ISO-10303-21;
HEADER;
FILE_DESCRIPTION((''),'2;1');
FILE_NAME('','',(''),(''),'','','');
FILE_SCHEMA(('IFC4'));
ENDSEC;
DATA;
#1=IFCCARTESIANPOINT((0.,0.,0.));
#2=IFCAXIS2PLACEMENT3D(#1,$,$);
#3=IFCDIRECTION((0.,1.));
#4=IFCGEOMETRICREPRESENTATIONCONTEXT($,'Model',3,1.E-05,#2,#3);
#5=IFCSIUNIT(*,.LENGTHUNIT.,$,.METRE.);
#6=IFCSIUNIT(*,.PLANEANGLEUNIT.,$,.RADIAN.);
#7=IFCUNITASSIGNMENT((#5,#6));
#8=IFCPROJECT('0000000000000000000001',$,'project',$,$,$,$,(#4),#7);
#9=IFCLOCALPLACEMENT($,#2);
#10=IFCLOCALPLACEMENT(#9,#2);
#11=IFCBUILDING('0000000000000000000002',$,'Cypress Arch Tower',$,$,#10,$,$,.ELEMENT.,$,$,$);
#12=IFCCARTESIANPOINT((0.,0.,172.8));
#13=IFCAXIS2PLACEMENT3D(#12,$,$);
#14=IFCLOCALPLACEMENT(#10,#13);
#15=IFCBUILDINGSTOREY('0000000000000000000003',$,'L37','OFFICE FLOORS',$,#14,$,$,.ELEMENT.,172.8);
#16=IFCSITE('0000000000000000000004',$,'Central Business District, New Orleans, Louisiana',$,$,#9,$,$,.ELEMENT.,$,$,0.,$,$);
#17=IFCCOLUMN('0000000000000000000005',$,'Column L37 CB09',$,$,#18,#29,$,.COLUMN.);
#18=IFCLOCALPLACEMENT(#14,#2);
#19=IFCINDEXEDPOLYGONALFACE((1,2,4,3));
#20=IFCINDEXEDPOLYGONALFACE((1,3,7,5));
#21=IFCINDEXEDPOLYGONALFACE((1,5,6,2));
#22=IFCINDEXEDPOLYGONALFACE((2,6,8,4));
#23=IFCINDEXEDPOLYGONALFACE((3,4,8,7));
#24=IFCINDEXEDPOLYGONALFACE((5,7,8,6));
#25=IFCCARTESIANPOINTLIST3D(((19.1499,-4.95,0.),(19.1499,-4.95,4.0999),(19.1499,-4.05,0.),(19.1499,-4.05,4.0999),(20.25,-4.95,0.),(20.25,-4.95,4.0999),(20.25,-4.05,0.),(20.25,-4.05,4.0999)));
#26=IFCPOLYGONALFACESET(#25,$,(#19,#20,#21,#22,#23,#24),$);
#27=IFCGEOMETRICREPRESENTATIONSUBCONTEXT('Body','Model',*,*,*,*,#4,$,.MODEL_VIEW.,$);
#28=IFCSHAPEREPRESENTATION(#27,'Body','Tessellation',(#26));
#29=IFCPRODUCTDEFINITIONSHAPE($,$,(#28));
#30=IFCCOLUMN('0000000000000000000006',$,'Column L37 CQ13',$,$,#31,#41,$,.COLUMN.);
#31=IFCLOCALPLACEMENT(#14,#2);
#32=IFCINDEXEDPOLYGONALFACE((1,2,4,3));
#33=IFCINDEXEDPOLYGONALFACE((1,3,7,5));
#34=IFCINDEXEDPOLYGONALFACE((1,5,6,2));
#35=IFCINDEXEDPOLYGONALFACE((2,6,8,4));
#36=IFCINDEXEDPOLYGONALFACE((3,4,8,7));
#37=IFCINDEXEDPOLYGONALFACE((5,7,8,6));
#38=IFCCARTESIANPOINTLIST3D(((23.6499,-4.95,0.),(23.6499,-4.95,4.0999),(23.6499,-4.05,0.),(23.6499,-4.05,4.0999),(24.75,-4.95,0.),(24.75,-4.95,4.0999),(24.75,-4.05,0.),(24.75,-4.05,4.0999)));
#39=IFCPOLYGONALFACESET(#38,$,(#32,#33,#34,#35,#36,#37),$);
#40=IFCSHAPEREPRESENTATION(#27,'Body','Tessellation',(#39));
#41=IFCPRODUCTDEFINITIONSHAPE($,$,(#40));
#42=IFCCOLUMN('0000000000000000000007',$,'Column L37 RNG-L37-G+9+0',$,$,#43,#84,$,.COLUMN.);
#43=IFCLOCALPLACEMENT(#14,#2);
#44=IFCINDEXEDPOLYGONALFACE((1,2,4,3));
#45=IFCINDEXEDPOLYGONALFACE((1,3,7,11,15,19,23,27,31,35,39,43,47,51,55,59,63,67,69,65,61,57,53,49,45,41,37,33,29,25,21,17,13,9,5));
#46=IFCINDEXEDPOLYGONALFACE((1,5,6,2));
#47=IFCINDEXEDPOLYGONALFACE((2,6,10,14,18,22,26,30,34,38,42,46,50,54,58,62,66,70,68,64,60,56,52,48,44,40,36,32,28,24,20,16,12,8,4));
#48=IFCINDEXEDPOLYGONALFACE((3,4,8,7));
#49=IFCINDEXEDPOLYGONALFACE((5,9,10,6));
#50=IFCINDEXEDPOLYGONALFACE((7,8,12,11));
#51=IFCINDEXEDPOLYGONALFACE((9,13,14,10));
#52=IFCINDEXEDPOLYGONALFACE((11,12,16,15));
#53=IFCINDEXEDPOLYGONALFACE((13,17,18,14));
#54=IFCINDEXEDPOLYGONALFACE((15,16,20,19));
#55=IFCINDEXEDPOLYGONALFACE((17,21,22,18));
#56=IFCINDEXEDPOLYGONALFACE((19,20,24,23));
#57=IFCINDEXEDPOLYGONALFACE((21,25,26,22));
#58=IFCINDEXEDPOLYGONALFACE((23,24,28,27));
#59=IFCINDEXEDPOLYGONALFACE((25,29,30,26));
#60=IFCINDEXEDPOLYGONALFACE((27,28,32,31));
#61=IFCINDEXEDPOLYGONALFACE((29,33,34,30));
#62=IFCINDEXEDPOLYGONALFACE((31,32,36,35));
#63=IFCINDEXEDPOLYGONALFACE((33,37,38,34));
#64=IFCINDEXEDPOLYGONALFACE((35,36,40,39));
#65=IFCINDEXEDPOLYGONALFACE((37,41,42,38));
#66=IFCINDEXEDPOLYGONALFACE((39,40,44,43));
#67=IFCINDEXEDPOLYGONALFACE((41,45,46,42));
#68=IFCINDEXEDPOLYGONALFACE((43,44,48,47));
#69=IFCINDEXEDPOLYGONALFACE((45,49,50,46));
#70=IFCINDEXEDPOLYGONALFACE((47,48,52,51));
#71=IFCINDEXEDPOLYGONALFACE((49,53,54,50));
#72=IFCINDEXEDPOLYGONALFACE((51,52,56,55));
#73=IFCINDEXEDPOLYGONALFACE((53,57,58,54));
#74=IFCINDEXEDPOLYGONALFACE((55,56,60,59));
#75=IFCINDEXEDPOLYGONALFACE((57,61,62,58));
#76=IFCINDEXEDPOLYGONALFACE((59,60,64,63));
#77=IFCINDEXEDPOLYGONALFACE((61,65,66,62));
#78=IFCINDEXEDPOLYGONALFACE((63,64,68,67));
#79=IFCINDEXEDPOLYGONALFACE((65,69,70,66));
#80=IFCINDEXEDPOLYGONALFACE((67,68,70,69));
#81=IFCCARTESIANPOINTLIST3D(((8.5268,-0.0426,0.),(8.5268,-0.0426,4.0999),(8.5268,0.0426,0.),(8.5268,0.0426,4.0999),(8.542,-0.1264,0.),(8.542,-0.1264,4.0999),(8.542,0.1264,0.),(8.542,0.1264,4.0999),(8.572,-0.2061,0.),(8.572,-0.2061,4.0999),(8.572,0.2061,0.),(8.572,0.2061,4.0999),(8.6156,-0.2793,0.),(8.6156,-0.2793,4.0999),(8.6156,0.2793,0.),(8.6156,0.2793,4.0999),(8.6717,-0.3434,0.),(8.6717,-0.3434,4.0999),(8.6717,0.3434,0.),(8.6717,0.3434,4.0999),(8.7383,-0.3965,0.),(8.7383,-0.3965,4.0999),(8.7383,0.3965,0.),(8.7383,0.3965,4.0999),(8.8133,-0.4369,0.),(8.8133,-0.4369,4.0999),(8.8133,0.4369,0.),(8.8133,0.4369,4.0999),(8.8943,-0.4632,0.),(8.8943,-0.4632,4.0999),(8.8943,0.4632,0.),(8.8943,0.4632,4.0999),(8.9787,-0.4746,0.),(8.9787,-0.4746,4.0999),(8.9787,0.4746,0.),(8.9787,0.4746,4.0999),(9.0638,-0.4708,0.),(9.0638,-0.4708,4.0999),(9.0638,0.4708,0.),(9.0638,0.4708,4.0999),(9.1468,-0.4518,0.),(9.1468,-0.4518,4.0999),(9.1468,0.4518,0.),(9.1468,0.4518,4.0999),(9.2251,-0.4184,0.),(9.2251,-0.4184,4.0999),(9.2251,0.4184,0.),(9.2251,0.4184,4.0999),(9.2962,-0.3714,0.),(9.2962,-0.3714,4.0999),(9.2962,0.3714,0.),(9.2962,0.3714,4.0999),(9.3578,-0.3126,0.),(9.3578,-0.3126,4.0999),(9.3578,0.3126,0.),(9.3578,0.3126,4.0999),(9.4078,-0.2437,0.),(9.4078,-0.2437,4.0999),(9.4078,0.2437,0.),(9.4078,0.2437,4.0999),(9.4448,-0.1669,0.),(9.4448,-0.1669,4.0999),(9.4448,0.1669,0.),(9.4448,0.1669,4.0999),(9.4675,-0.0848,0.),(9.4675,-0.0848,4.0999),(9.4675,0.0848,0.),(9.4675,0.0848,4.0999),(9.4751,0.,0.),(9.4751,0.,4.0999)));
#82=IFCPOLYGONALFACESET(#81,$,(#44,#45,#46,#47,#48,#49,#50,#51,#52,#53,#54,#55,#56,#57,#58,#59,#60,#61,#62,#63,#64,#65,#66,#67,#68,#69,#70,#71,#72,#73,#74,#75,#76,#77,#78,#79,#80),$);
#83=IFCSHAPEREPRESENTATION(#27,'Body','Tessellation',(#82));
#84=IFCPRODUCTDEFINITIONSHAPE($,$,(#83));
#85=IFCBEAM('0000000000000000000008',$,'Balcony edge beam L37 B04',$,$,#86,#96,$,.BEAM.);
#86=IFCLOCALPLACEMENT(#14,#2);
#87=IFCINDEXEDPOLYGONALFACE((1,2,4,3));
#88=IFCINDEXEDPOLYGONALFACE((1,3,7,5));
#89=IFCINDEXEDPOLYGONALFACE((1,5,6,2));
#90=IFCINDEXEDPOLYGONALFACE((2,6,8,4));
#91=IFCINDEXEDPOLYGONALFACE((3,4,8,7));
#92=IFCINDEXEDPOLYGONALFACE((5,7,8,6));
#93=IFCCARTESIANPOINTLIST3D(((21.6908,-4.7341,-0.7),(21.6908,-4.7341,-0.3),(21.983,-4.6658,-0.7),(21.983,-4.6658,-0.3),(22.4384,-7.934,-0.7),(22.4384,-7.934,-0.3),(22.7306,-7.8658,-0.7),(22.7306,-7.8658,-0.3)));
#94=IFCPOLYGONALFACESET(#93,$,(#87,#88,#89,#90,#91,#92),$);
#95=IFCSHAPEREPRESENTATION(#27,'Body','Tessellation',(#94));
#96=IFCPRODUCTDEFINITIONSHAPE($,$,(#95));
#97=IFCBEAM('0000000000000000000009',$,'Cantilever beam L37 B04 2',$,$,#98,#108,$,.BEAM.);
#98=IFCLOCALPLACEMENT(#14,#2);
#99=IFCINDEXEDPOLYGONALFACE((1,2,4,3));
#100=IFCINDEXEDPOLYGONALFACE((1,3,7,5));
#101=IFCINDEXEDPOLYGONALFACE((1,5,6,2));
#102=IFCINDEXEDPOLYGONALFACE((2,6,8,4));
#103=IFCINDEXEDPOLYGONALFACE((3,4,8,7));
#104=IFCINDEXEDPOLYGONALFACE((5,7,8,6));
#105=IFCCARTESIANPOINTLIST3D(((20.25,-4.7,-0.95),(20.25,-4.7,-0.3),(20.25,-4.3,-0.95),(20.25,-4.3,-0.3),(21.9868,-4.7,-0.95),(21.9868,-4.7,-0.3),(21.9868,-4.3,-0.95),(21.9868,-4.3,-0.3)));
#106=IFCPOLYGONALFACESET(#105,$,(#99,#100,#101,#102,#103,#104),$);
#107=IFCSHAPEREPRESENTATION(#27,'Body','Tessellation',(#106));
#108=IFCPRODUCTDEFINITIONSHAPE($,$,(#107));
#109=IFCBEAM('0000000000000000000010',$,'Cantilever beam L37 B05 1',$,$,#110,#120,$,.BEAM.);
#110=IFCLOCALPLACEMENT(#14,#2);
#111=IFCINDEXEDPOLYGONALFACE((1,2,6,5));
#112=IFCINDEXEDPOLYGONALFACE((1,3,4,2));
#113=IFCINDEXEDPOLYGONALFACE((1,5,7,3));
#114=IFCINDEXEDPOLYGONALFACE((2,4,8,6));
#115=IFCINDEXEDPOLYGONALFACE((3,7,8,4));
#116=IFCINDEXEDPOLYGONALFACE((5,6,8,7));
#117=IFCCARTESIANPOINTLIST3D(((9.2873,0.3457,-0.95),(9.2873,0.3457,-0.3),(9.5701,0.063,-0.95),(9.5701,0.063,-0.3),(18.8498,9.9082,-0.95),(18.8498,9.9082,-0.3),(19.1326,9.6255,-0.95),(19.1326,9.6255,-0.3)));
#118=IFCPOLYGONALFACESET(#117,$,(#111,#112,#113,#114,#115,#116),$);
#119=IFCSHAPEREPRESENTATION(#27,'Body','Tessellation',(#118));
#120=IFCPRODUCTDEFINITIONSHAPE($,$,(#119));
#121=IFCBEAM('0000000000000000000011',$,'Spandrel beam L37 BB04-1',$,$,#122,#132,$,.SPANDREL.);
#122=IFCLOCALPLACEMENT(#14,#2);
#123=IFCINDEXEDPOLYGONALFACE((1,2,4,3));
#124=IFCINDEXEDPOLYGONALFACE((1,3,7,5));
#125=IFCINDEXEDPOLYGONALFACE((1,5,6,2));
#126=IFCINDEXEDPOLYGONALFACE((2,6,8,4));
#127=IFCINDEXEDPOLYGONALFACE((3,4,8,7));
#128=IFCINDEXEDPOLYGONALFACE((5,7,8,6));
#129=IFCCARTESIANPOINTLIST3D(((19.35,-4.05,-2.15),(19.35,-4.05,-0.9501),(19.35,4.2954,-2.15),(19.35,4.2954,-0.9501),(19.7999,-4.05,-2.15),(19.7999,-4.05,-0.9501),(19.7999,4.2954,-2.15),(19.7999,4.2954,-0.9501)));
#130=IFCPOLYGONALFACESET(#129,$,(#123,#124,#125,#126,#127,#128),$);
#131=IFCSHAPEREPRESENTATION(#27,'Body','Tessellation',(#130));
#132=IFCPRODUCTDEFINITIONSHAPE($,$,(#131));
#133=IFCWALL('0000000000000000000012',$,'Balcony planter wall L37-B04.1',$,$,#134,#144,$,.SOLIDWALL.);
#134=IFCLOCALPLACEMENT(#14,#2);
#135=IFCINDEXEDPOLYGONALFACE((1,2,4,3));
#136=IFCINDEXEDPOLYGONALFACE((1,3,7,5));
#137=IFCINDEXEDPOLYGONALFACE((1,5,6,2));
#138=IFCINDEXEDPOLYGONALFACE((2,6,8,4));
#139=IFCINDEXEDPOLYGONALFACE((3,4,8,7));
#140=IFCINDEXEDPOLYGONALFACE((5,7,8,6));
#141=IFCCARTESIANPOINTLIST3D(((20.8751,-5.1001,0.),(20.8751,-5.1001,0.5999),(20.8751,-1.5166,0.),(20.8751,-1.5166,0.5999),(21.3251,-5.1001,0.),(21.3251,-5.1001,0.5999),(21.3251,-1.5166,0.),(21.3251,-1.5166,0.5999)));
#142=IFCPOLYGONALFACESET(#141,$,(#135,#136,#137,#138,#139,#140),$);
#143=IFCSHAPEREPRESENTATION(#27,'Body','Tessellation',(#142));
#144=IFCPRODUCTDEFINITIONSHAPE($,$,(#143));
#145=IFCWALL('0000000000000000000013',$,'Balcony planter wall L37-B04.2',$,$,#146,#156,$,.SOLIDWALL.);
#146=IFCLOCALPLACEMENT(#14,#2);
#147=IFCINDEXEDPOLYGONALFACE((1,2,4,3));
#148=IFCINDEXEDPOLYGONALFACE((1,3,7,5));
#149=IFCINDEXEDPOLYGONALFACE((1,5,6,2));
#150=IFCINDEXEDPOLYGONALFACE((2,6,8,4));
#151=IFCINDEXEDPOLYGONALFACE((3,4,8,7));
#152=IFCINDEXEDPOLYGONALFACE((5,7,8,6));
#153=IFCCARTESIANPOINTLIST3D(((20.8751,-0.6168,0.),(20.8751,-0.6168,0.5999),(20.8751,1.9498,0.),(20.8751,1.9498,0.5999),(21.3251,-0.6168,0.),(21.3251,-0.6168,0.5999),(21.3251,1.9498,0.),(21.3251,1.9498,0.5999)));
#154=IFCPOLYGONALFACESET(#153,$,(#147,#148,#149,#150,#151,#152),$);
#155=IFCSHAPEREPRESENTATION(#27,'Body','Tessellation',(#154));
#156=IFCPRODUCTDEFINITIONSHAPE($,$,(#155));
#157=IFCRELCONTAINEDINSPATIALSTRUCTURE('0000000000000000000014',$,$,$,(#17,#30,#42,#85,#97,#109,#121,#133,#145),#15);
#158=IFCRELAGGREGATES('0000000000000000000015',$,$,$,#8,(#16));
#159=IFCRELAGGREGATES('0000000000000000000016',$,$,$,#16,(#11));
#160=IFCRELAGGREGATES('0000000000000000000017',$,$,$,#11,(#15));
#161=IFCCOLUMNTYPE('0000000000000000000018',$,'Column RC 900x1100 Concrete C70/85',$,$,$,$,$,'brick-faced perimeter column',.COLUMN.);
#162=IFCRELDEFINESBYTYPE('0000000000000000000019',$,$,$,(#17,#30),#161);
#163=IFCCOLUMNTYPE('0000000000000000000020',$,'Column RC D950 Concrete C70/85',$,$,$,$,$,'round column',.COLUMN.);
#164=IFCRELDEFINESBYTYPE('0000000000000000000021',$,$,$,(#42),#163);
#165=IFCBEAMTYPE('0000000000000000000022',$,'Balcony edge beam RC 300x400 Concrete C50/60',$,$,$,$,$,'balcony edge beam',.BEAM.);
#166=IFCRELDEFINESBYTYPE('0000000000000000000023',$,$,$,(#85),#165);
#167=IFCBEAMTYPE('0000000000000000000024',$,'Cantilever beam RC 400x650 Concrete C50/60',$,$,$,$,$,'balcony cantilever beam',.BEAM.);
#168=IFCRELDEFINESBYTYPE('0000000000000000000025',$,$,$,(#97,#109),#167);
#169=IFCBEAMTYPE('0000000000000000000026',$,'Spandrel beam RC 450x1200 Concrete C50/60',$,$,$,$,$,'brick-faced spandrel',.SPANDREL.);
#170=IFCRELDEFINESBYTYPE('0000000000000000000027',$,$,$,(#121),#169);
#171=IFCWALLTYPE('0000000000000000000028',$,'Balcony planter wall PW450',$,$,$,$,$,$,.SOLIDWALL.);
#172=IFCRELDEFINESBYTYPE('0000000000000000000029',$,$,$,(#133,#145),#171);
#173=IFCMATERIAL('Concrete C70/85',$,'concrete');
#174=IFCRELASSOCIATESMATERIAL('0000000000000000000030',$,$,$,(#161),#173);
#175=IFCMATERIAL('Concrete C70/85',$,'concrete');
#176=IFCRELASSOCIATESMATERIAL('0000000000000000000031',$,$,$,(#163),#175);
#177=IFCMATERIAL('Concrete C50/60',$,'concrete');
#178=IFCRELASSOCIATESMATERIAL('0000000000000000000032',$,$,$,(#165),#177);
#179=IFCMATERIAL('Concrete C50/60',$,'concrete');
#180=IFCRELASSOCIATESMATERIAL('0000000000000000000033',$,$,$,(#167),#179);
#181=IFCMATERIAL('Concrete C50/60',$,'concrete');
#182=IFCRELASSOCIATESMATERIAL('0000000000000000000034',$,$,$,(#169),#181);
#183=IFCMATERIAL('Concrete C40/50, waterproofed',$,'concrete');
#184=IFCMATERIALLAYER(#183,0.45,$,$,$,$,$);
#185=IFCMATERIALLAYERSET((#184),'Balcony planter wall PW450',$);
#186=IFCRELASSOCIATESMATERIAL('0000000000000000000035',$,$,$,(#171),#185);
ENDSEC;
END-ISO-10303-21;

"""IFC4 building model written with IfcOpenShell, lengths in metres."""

from ifc_helpers import new_model, si_unit, direction, frame, frame_2d, origin, origin_2d, place, context, subcontext, project, spatial, rectangle, circle, extrude, material, layer, layer_set, material_profile, profile_set, type_object, element, save


model = new_model("IFC4")

# Units and contexts
model_context = context("Model", 3, precision=1e-05, world=origin(), true_north=direction((0.0, 1.0)))
body_context = subcontext(model_context, "Body", "Model", "MODEL_VIEW")
ifc_project = project(units=[si_unit("LENGTHUNIT", "METRE"), si_unit("PLANEANGLEUNIT", "RADIAN")], contexts=[model_context])

# Site, building, storey
site_placement = place(None, origin())
site = spatial("IfcSite", under=ifc_project, at=site_placement, Name="Central Business District, New Orleans, Louisiana", CompositionType="ELEMENT", RefElevation=0.0)
building_placement = place(site_placement, origin())
building = spatial("IfcBuilding", under=site, at=building_placement, Name="Cypress Arch Tower", CompositionType="ELEMENT")
storey_placement = place(building_placement, frame((0.0, 0.0, 172.8)))
storey = spatial("IfcBuildingStorey", under=building, at=storey_placement, Name="L37", Description="OFFICE FLOORS", CompositionType="ELEMENT", Elevation=172.8)

# Columns
ifc_material_1 = material(Name="Concrete C70/85", Category="concrete")
ifc_material_profile_1 = material_profile(ifc_material_1, rectangle(XDim=0.8999, YDim=1.1001, at=origin_2d()), Name="RC 900x1100")
ifc_profile_set_1 = profile_set([ifc_material_profile_1], Name="Concrete C70/85")
column_type_1 = type_object("IfcColumnType", Name="Column RC 900x1100 Concrete C70/85", ElementType="brick-faced perimeter column", PredefinedType="COLUMN", material=ifc_profile_set_1)
for number, where, z_axis, x_axis, name in (
    (1, (19.7, -4.5, 0.0), (0.0, 0.0, 1.0), (0.0, 1.0, 0.0), "Column L37 CB09"),
    (2, (24.2, -4.5, 0.0), (0.0, 0.0, 1.0), (0.0, 1.0, 0.0), "Column L37 CQ13"),
):
    element("IfcColumn", number, at=place(storey_placement, frame(where, z_axis=z_axis, x_axis=x_axis)), inside=storey, type_object=column_type_1, Name=name, PredefinedType="COLUMN", context=body_context, shape_type="SweptSolid", body=[
        extrude(rectangle(XDim=0.8999, YDim=1.1001, at=origin_2d()), origin(), (0.0, 0.0, 1.0), 4.0999),
    ])
ifc_material_2 = material(Name="Concrete C70/85", Category="concrete")
ifc_material_profile_2 = material_profile(ifc_material_2, circle(Radius=0.4751, at=origin_2d()), Name="RC D950")
ifc_profile_set_2 = profile_set([ifc_material_profile_2], Name="Concrete C70/85")
column_type_2 = type_object("IfcColumnType", Name="Column RC D950 Concrete C70/85", ElementType="round column", PredefinedType="COLUMN", material=ifc_profile_set_2)
column_placement = place(storey_placement, frame((9.0, 0.0, 0.0), z_axis=(0.0, 0.0, 1.0), x_axis=(1.0, 0.0, 0.0)))
element("IfcColumn", 3, at=column_placement, inside=storey, type_object=column_type_2, Name="Column L37 RNG-L37-G+9+0", PredefinedType="COLUMN", context=body_context, shape_type="SweptSolid", body=[
    extrude(circle(Radius=0.4751, at=origin_2d()), origin(), (0.0, 0.0, 1.0), 4.0999),
])

# Beams
ifc_material_3 = material(Name="Concrete C50/60", Category="concrete")
ifc_material_profile_3 = material_profile(ifc_material_3, rectangle(XDim=0.3, YDim=0.3999, at=origin_2d()), Name="RC 300x400")
ifc_profile_set_3 = profile_set([ifc_material_profile_3], Name="Concrete C50/60")
beam_type_1 = type_object("IfcBeamType", Name="Balcony edge beam RC 300x400 Concrete C50/60", ElementType="balcony edge beam", PredefinedType="BEAM", material=ifc_profile_set_3)
beam_1_placement = place(storey_placement, frame((22.5845, -7.8999, -0.5), z_axis=(-0.22749, 0.97378, 0.0), x_axis=(-0.97378, -0.22749, 0.0)))
element("IfcBeam", 4, at=beam_1_placement, inside=storey, type_object=beam_type_1, Name="Balcony edge beam L37 B04", PredefinedType="BEAM", context=body_context, shape_type="SweptSolid", body=[
    extrude(rectangle(XDim=0.3, YDim=0.3999, at=origin_2d()), origin(), (0.0, 0.0, 1.0), 3.2861),
])
ifc_material_4 = material(Name="Concrete C50/60", Category="concrete")
ifc_material_profile_4 = material_profile(ifc_material_4, rectangle(XDim=0.3999, YDim=0.6499, at=origin_2d()), Name="RC 400x650")
ifc_profile_set_4 = profile_set([ifc_material_profile_4], Name="Concrete C50/60")
beam_type_2 = type_object("IfcBeamType", Name="Cantilever beam RC 400x650 Concrete C50/60", ElementType="balcony cantilever beam", PredefinedType="BEAM", material=ifc_profile_set_4)
beam_2_placement = place(storey_placement, frame((20.25, -4.5, -0.625), z_axis=(1.0, 0.0, 0.0), x_axis=(0.0, 1.0, 0.0)))
element("IfcBeam", 5, at=beam_2_placement, inside=storey, type_object=beam_type_2, Name="Cantilever beam L37 B04 2", PredefinedType="BEAM", context=body_context, shape_type="SweptSolid", body=[
    extrude(rectangle(XDim=0.3999, YDim=0.6499, at=origin_2d()), origin(), (0.0, 0.0, 1.0), 1.7368),
])
beam_3_placement = place(storey_placement, frame((9.4287, 0.2043, -0.625), z_axis=(0.707107, 0.707107, 0.0), x_axis=(-0.707107, 0.707107, 0.0)))
element("IfcBeam", 6, at=beam_3_placement, inside=storey, type_object=beam_type_2, Name="Cantilever beam L37 B05 1", PredefinedType="BEAM", context=body_context, shape_type="SweptSolid", body=[
    extrude(rectangle(XDim=0.3999, YDim=0.6499, at=origin_2d()), origin(), (0.0, 0.0, 1.0), 13.5234),
])
ifc_material_5 = material(Name="Concrete C50/60", Category="concrete")
ifc_material_profile_5 = material_profile(ifc_material_5, rectangle(XDim=0.45, YDim=1.2, at=origin_2d()), Name="RC 450x1200")
ifc_profile_set_5 = profile_set([ifc_material_profile_5], Name="Concrete C50/60")
beam_type_3 = type_object("IfcBeamType", Name="Spandrel beam RC 450x1200 Concrete C50/60", ElementType="brick-faced spandrel", PredefinedType="SPANDREL", material=ifc_profile_set_5)
beam_4_placement = place(storey_placement, frame((19.575, -4.05, -1.55), z_axis=(0.0, 1.0, 0.0), x_axis=(-1.0, 0.0, 0.0)))
element("IfcBeam", 7, at=beam_4_placement, inside=storey, type_object=beam_type_3, Name="Spandrel beam L37 BB04-1", PredefinedType="SPANDREL", context=body_context, shape_type="SweptSolid", body=[
    extrude(rectangle(XDim=0.45, YDim=1.2, at=origin_2d()), origin(), (0.0, 0.0, 1.0), 8.3455),
])

# Walls
ifc_material_6 = material(Name="Concrete C40/50, waterproofed", Category="concrete")
ifc_layer_1 = layer(ifc_material_6, 0.45)
ifc_layer_set_1 = layer_set([ifc_layer_1], Name="Balcony planter wall PW450")
wall_type_1 = type_object("IfcWallType", Name="Balcony planter wall PW450", PredefinedType="SOLIDWALL", material=ifc_layer_set_1)
wall_1_placement = place(storey_placement, frame((21.1001, -5.1001, 0.0), z_axis=(0.0, 0.0, 1.0), x_axis=(0.0, 1.0, 0.0)))
element("IfcWall", 8, at=wall_1_placement, inside=storey, type_object=wall_type_1, Name="Balcony planter wall L37-B04.1", PredefinedType="SOLIDWALL", context=body_context, shape_type="SweptSolid", body=[
    extrude(rectangle(XDim=3.5835, YDim=0.45, at=frame_2d((1.7917, 0.0))), origin(), (0.0, 0.0, 1.0), 0.5999),
])
wall_2_placement = place(storey_placement, frame((21.1001, -0.6167, 0.0), z_axis=(0.0, 0.0, 1.0), x_axis=(0.0, 1.0, 0.0)))
element("IfcWall", 9, at=wall_2_placement, inside=storey, type_object=wall_type_1, Name="Balcony planter wall L37-B04.2", PredefinedType="SOLIDWALL", context=body_context, shape_type="SweptSolid", body=[
    extrude(rectangle(XDim=2.5667, YDim=0.45, at=frame_2d((1.2832, 0.0))), origin(), (0.0, 0.0, 1.0), 0.5999),
])

save(model, "model.ifc")
